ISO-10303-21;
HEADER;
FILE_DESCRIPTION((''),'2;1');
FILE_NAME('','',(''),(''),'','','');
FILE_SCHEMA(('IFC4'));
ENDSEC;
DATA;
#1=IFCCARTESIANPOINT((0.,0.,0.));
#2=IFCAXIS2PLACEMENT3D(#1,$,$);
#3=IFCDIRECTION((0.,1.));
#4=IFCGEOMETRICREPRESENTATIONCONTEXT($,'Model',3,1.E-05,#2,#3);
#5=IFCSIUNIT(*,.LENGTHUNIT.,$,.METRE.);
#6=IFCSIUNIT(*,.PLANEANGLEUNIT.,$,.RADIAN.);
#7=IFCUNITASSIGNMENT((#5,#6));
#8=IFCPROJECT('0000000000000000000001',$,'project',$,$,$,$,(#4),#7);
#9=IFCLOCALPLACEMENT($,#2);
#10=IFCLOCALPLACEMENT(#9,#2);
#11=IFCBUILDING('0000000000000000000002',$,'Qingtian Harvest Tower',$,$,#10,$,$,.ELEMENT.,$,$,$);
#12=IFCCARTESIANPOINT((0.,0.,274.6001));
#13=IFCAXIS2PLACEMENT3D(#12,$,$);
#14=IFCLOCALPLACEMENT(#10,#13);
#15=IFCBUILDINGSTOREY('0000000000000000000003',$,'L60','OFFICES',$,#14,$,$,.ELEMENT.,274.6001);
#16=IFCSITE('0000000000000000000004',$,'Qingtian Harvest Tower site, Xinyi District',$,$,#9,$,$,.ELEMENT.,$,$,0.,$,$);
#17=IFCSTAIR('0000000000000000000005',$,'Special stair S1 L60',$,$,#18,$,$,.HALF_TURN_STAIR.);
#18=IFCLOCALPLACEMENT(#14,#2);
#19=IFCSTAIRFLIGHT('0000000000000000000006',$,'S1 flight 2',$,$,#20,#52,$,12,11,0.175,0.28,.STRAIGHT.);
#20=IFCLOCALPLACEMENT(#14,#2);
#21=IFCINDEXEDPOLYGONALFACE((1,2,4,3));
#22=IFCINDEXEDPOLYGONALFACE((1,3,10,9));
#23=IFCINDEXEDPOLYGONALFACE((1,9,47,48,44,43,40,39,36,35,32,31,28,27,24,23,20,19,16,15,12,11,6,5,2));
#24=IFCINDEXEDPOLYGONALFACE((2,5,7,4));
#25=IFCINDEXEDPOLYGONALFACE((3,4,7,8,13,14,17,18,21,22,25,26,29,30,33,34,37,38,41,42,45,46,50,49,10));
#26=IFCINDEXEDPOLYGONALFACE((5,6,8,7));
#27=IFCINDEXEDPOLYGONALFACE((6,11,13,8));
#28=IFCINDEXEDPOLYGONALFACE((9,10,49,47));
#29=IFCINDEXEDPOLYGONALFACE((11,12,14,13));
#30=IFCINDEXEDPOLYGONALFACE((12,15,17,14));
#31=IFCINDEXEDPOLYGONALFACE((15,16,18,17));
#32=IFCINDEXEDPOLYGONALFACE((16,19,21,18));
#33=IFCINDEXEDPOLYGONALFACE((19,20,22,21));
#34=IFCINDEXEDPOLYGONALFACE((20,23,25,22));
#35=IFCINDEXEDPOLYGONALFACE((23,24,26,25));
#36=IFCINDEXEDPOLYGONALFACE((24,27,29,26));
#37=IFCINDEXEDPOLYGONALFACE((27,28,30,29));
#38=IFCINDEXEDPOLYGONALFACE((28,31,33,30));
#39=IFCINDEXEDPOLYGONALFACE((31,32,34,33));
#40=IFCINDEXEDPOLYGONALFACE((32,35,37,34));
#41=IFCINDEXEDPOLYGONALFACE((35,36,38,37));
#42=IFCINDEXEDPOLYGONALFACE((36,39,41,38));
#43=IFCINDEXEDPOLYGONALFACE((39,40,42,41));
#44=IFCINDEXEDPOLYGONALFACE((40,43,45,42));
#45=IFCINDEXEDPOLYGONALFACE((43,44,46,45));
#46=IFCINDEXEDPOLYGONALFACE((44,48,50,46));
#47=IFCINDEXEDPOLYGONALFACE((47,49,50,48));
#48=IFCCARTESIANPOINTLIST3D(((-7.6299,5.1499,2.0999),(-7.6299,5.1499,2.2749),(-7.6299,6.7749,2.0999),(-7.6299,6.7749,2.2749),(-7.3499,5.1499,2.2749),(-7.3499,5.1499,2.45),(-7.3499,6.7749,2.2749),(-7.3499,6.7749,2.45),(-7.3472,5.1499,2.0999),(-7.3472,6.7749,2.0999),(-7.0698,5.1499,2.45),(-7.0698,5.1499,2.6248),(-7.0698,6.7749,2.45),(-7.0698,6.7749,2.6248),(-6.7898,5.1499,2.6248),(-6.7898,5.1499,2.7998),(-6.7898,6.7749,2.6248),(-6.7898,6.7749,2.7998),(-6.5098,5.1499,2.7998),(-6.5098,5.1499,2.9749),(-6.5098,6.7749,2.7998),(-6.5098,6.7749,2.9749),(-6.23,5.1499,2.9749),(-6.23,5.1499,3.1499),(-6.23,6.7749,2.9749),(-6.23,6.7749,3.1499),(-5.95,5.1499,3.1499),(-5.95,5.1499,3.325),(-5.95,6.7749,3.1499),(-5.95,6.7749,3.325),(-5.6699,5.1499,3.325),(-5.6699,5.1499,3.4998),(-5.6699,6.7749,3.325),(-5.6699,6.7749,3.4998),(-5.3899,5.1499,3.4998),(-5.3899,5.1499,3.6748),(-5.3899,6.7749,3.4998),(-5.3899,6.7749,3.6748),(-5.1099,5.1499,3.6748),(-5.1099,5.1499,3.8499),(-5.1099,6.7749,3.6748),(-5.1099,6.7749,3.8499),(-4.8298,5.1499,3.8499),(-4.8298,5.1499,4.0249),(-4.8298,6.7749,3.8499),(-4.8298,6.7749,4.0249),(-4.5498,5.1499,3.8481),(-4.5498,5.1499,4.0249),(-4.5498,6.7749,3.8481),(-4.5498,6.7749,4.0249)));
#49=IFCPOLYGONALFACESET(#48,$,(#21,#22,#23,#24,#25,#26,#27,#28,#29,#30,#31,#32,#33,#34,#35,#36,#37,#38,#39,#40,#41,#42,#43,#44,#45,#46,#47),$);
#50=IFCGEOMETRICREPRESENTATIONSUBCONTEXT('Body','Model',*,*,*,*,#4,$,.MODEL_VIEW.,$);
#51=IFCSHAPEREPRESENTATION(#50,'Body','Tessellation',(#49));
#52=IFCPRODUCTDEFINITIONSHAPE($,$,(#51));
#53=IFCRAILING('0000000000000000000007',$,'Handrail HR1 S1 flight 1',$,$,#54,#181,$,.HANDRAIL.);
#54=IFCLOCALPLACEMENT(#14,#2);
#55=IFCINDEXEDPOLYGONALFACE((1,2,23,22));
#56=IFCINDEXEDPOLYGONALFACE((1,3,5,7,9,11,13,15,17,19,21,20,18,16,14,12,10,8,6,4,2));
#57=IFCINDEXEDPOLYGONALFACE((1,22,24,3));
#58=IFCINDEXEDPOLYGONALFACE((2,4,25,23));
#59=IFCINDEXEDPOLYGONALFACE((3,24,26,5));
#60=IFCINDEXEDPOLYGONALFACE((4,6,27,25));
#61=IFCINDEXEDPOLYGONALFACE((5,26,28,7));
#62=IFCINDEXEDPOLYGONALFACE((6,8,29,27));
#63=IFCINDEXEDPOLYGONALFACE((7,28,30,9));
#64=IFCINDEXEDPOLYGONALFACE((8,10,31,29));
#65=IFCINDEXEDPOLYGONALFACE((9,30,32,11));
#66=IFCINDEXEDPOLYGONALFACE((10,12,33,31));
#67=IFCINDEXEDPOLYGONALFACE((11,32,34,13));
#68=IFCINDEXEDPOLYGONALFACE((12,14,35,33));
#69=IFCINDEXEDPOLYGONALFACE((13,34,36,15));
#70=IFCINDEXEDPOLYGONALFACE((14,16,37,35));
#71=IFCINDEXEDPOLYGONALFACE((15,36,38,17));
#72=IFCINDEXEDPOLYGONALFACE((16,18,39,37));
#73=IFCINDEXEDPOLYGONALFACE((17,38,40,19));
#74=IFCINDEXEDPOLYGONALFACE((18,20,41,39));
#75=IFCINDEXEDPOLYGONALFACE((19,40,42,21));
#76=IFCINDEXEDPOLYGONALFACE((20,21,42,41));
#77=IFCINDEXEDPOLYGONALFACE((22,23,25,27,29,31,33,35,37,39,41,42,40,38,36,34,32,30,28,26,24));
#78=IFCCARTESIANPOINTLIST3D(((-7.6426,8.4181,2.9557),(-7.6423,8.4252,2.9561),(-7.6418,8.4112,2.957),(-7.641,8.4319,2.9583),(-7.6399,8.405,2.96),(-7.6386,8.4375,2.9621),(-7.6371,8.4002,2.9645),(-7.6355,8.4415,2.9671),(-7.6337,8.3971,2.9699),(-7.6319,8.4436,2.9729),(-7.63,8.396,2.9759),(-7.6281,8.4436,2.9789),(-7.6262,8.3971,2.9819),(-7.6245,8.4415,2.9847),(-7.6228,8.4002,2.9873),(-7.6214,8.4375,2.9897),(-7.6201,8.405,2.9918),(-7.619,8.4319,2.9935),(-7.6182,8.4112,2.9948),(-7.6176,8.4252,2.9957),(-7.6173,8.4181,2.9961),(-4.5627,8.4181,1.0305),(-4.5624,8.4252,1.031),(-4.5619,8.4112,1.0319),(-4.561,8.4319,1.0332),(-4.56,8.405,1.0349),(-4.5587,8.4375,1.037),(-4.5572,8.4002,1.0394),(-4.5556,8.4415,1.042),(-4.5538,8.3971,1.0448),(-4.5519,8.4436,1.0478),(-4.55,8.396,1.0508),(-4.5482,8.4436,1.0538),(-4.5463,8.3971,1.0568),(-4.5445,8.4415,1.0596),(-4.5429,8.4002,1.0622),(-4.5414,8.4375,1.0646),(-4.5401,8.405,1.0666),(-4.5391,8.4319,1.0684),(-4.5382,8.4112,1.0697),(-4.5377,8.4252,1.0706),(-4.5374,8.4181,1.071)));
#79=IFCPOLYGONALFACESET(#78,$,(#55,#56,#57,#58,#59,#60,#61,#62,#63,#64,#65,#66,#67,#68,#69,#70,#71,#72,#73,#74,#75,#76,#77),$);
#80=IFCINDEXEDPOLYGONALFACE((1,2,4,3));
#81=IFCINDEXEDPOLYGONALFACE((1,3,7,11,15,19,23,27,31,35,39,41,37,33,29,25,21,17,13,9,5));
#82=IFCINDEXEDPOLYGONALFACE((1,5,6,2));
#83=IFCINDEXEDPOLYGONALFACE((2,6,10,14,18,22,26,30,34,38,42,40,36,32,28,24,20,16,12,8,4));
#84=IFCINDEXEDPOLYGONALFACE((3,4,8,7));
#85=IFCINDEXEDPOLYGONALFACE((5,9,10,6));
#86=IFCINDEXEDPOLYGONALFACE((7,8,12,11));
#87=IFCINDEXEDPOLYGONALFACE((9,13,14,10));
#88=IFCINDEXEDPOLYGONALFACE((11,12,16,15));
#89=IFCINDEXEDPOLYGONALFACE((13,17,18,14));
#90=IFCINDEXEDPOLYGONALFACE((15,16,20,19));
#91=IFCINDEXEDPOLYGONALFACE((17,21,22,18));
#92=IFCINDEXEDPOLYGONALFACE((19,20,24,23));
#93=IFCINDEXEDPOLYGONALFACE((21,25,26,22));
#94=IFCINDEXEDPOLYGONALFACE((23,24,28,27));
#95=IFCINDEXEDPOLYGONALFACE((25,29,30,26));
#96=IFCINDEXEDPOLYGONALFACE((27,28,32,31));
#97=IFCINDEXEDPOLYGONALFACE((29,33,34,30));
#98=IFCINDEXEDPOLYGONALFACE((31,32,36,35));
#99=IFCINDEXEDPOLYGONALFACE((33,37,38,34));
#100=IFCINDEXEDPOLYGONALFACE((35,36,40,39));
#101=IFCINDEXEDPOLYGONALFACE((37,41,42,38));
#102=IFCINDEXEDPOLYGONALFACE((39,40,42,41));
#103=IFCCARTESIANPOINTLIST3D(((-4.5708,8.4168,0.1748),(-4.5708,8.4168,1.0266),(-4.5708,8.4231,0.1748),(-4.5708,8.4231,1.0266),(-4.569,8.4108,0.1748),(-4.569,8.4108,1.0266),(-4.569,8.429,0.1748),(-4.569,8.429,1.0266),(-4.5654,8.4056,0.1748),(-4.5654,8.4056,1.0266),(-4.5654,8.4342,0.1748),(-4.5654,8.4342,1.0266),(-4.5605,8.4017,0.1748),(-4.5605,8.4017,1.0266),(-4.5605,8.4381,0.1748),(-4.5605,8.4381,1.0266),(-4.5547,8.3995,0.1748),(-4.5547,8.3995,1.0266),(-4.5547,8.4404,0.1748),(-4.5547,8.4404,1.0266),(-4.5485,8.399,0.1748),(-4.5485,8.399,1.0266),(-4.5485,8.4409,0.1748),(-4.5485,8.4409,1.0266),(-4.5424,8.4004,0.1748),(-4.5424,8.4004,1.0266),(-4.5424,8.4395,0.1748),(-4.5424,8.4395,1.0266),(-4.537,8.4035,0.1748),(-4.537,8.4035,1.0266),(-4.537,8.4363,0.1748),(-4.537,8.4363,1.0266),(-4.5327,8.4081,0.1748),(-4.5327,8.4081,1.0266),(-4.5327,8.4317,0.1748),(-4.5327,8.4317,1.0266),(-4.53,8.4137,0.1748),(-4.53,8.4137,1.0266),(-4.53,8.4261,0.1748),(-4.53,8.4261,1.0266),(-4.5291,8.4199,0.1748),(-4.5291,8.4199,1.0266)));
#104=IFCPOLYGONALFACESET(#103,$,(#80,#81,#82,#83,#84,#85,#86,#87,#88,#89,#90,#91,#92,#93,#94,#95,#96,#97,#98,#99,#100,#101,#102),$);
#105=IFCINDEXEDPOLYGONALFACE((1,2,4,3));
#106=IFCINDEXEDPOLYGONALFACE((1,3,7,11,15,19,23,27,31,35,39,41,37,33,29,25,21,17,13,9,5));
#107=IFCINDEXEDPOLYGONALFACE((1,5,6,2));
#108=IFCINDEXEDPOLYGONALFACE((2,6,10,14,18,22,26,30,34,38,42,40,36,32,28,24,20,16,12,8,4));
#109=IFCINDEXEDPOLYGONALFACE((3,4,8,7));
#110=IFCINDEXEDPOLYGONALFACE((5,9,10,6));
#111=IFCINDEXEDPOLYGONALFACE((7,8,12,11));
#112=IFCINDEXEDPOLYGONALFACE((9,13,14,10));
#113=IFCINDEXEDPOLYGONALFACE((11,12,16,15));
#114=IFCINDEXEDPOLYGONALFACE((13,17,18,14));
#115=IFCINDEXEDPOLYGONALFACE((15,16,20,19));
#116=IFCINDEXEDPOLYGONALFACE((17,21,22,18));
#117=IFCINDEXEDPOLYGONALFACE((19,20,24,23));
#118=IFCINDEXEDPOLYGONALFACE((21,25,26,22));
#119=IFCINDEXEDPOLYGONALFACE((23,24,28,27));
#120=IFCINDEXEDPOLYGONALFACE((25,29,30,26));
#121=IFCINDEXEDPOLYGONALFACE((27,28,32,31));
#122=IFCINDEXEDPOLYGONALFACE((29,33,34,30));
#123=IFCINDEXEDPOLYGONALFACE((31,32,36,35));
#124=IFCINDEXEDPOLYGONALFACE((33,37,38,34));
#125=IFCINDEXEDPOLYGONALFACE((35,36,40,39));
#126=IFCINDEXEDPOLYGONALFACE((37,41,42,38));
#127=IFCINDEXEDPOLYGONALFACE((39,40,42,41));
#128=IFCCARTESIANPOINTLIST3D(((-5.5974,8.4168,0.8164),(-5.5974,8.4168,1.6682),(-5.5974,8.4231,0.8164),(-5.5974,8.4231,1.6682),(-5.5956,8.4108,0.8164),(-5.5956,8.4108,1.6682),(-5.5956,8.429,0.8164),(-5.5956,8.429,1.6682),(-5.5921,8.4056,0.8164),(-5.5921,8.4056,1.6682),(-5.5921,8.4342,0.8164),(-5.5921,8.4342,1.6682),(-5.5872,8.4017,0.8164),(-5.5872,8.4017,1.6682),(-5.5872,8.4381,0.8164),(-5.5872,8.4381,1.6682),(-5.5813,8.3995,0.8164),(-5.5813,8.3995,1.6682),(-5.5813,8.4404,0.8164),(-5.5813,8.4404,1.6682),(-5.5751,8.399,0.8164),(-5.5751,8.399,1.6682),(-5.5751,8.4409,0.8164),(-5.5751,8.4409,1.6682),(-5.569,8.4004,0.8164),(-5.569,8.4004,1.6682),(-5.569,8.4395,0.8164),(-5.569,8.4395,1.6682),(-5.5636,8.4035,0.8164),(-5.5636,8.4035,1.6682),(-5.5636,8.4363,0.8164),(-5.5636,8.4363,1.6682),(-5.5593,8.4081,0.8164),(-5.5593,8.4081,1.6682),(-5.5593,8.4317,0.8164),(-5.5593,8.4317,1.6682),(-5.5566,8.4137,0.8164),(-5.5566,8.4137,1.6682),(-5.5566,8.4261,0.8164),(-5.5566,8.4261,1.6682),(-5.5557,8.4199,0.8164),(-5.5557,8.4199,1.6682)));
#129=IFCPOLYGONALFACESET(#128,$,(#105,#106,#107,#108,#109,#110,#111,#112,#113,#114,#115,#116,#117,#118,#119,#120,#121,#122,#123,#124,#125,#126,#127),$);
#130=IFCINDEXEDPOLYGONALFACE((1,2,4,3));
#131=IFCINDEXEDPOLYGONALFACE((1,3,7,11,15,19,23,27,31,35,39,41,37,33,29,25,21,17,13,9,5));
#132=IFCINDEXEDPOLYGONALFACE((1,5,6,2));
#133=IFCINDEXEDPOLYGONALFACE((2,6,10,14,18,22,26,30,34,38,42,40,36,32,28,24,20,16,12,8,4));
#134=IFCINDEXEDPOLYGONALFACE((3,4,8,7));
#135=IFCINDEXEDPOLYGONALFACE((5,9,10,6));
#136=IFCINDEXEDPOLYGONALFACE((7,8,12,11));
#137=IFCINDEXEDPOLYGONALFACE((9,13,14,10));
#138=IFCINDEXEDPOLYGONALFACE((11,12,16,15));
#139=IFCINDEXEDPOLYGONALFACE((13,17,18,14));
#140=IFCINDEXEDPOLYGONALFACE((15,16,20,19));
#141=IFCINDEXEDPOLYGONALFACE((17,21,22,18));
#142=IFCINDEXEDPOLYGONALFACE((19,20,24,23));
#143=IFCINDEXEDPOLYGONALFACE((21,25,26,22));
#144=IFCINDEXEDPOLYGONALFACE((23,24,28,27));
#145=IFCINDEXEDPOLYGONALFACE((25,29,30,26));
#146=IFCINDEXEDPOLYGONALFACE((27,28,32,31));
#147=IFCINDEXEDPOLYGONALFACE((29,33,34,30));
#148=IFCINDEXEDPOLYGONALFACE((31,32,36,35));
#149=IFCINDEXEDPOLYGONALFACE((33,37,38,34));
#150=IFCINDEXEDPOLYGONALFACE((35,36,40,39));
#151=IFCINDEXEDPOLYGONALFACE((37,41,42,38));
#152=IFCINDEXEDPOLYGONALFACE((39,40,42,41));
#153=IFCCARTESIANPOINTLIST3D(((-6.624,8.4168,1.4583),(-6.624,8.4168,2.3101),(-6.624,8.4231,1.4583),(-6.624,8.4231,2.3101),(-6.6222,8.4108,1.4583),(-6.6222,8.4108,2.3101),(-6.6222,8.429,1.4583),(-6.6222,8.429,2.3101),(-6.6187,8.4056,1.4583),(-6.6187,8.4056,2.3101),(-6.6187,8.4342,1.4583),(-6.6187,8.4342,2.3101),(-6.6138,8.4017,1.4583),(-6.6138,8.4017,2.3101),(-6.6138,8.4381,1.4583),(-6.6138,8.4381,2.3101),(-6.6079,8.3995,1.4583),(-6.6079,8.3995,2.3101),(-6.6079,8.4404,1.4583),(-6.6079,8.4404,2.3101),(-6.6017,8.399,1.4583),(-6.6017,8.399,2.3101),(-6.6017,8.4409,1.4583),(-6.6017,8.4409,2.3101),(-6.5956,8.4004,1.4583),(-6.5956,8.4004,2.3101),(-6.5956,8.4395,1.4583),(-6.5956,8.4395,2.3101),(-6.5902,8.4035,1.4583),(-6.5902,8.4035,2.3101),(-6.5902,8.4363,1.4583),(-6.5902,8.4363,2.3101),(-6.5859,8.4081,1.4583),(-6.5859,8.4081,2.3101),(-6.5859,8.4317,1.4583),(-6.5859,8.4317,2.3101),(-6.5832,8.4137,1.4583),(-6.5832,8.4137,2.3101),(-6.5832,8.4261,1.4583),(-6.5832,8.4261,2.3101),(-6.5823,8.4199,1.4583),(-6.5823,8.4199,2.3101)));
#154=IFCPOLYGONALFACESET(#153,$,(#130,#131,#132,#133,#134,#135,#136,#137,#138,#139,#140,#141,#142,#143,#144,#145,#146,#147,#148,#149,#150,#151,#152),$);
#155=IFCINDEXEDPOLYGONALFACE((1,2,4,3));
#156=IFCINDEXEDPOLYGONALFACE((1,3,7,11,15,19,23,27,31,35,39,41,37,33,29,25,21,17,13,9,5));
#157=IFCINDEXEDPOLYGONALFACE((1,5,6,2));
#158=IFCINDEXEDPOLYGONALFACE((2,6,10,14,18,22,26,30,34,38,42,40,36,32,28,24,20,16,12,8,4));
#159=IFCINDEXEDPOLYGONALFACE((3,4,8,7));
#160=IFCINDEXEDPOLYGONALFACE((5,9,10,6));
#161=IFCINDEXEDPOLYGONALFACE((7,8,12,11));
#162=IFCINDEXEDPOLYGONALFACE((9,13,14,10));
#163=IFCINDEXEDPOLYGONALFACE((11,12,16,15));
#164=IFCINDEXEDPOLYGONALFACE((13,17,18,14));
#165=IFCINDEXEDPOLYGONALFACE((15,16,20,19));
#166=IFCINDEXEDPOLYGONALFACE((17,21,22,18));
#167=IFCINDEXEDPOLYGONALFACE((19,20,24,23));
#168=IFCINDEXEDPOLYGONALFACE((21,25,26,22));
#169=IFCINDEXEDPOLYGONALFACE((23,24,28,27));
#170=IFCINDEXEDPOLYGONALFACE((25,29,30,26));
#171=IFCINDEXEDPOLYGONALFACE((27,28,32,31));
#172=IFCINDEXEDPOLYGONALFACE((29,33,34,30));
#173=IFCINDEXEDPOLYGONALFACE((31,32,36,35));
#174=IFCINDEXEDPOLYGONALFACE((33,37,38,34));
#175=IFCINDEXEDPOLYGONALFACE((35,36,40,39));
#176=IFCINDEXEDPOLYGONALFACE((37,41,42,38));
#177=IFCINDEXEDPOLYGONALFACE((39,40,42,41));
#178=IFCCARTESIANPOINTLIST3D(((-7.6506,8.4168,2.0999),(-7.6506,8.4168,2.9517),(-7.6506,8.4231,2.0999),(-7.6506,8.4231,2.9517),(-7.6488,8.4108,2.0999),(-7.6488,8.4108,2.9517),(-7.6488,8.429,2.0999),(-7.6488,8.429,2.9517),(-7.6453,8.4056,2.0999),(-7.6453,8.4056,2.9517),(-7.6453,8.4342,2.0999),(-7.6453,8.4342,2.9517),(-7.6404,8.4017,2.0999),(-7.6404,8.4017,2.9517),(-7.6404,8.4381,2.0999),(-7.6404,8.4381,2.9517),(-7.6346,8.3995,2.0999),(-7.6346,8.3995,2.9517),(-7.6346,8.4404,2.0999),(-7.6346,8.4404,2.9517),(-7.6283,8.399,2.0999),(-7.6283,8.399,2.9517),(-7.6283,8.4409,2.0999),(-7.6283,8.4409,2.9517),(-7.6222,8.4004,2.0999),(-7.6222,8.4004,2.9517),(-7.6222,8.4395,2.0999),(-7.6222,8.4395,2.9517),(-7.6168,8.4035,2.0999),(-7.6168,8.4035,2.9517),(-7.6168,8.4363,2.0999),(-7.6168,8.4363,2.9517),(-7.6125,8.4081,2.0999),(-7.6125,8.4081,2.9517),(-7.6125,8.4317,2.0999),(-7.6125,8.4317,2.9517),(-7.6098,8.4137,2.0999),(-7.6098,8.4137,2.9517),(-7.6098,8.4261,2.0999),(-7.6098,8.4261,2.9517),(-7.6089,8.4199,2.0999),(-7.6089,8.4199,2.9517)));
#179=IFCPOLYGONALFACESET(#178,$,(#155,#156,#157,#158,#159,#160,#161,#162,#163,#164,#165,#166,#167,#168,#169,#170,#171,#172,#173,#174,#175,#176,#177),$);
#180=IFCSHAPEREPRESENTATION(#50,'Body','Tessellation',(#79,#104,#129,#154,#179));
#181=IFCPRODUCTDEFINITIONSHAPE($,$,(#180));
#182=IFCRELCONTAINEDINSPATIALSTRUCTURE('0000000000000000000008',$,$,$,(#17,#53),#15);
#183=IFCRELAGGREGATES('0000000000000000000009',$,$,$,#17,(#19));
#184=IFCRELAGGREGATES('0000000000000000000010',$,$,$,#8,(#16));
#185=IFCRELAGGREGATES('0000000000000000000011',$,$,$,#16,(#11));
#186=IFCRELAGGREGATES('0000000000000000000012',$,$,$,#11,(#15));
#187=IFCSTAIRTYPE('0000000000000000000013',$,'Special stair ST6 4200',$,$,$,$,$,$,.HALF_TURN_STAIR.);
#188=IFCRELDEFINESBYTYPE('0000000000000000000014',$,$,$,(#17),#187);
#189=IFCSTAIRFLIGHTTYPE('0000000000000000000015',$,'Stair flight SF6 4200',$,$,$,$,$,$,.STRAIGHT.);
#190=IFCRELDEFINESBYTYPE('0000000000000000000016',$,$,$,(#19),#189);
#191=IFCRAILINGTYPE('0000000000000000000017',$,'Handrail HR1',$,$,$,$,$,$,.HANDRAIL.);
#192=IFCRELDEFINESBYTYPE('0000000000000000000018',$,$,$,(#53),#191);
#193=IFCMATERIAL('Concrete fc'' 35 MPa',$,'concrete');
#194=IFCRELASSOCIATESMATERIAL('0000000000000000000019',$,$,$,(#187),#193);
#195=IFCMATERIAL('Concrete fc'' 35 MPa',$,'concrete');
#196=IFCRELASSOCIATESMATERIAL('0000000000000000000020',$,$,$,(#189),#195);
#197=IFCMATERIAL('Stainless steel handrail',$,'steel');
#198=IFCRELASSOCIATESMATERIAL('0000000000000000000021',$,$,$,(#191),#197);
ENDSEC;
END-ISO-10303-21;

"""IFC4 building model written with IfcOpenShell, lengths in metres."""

from ifc_helpers import new_model, si_unit, direction, frame, origin, origin_2d, place, context, subcontext, project, spatial, polyline, circle, outline, extrude, material, type_object, element, aggregate, save


model = new_model("IFC4")

# Units and contexts
model_context = context("Model", 3, precision=1e-05, world=origin(), true_north=direction((0.0, 1.0)))
body_context = subcontext(model_context, "Body", "Model", "MODEL_VIEW")
ifc_project = project(units=[si_unit("LENGTHUNIT", "METRE"), si_unit("PLANEANGLEUNIT", "RADIAN")], contexts=[model_context])

# Site, building, storey
site_placement = place(None, origin())
site = spatial("IfcSite", under=ifc_project, at=site_placement, Name="Qingtian Harvest Tower site, Xinyi District", CompositionType="ELEMENT", RefElevation=0.0)
building_placement = place(site_placement, origin())
building = spatial("IfcBuilding", under=site, at=building_placement, Name="Qingtian Harvest Tower", CompositionType="ELEMENT")
storey_placement = place(building_placement, frame((0.0, 0.0, 274.6001)))
storey = spatial("IfcBuildingStorey", under=building, at=storey_placement, Name="L60", Description="OFFICES", CompositionType="ELEMENT", Elevation=274.6001)

# Stair, stair flight
ifc_material_1 = material(Name="Concrete fc' 35 MPa", Category="concrete")
stair_type = type_object("IfcStairType", Name="Special stair ST6 4200", PredefinedType="HALF_TURN_STAIR", material=ifc_material_1)
stair_placement = place(storey_placement, origin())
stair = element("IfcStair", 1, at=stair_placement, inside=storey, type_object=stair_type, Name="Special stair S1 L60", PredefinedType="HALF_TURN_STAIR")
ifc_material_2 = material(Name="Concrete fc' 35 MPa", Category="concrete")
stair_flight_type = type_object("IfcStairFlightType", Name="Stair flight SF6 4200", PredefinedType="STRAIGHT", material=ifc_material_2)
stair_flight_1_placement = place(storey_placement, frame((-7.6299, 5.9624, 2.0999), z_axis=(0.0, 0.0, 1.0), x_axis=(1.0, 0.0, 0.0)))
stair_flight_1 = element("IfcStairFlight", 2, at=stair_flight_1_placement, type_object=stair_flight_type, Name="S1 flight 2", NumberOfRisers=12, NumberOfTreads=11, PredefinedType="STRAIGHT", RiserHeight=0.175, TreadLength=0.28, context=body_context, shape_type="SweptSolid", body=[
    extrude(outline(polyline([(0.0, 0.0), (0.0, 0.175), (0.28, 0.175), (0.28, 0.3501), (0.5601, 0.3501), (0.5601, 0.5249), (0.8401, 0.5249), (0.8401, 0.7), (1.1201, 0.7), (1.1201, 0.875), (1.3999, 0.875), (1.3999, 1.05), (1.6799, 1.05), (1.6799, 1.2251), (1.96, 1.2251), (1.96, 1.3999), (2.24, 1.3999), (2.24, 1.575), (2.52, 1.575), (2.52, 1.75), (2.8, 1.75), (2.8, 1.925), (3.0801, 1.925), (3.0801, 2.1001), (3.0801, 1.7483), (0.2827, 0.0), (0.0, 0.0)])), frame((0.0, 0.8125, 0.0), z_axis=(0.0, -1.0, 0.0), x_axis=(1.0, 0.0, 0.0)), (0.0, 0.0, 1.0), 1.625),
])
aggregate(stair, [stair_flight_1])

# Railing
ifc_material_3 = material(Name="Stainless steel handrail", Category="steel")
railing_type = type_object("IfcRailingType", Name="Handrail HR1", PredefinedType="HANDRAIL", material=ifc_material_3)
railing_1_placement = place(storey_placement, frame((-4.55, 8.4199, 0.1748)))
element("IfcRailing", 3, at=railing_1_placement, inside=storey, type_object=railing_type, Name="Handrail HR1 S1 flight 1", PredefinedType="HANDRAIL", context=body_context, shape_type="SweptSolid", body=[
    extrude(circle(Radius=0.0239, at=origin_2d()), frame((0.0, 0.0, 0.876), z_axis=(-0.847979, 0.0, 0.530029), x_axis=(0.0, -1.0, 0.0)), (0.0, 0.0, 1.0), 3.6321),
    extrude(circle(Radius=0.021, at=origin_2d()), origin(), (0.0, 0.0, 1.0), 0.8518),
    extrude(circle(Radius=0.021, at=origin_2d()), frame((-1.0266, 0.0, 0.6416)), (0.0, 0.0, 1.0), 0.8518),
    extrude(circle(Radius=0.021, at=origin_2d()), frame((-2.0532, 0.0, 1.2834)), (0.0, 0.0, 1.0), 0.8518),
    extrude(circle(Radius=0.021, at=origin_2d()), frame((-3.0798, 0.0, 1.925)), (0.0, 0.0, 1.0), 0.8518),
])

save(model, "model.ifc")
